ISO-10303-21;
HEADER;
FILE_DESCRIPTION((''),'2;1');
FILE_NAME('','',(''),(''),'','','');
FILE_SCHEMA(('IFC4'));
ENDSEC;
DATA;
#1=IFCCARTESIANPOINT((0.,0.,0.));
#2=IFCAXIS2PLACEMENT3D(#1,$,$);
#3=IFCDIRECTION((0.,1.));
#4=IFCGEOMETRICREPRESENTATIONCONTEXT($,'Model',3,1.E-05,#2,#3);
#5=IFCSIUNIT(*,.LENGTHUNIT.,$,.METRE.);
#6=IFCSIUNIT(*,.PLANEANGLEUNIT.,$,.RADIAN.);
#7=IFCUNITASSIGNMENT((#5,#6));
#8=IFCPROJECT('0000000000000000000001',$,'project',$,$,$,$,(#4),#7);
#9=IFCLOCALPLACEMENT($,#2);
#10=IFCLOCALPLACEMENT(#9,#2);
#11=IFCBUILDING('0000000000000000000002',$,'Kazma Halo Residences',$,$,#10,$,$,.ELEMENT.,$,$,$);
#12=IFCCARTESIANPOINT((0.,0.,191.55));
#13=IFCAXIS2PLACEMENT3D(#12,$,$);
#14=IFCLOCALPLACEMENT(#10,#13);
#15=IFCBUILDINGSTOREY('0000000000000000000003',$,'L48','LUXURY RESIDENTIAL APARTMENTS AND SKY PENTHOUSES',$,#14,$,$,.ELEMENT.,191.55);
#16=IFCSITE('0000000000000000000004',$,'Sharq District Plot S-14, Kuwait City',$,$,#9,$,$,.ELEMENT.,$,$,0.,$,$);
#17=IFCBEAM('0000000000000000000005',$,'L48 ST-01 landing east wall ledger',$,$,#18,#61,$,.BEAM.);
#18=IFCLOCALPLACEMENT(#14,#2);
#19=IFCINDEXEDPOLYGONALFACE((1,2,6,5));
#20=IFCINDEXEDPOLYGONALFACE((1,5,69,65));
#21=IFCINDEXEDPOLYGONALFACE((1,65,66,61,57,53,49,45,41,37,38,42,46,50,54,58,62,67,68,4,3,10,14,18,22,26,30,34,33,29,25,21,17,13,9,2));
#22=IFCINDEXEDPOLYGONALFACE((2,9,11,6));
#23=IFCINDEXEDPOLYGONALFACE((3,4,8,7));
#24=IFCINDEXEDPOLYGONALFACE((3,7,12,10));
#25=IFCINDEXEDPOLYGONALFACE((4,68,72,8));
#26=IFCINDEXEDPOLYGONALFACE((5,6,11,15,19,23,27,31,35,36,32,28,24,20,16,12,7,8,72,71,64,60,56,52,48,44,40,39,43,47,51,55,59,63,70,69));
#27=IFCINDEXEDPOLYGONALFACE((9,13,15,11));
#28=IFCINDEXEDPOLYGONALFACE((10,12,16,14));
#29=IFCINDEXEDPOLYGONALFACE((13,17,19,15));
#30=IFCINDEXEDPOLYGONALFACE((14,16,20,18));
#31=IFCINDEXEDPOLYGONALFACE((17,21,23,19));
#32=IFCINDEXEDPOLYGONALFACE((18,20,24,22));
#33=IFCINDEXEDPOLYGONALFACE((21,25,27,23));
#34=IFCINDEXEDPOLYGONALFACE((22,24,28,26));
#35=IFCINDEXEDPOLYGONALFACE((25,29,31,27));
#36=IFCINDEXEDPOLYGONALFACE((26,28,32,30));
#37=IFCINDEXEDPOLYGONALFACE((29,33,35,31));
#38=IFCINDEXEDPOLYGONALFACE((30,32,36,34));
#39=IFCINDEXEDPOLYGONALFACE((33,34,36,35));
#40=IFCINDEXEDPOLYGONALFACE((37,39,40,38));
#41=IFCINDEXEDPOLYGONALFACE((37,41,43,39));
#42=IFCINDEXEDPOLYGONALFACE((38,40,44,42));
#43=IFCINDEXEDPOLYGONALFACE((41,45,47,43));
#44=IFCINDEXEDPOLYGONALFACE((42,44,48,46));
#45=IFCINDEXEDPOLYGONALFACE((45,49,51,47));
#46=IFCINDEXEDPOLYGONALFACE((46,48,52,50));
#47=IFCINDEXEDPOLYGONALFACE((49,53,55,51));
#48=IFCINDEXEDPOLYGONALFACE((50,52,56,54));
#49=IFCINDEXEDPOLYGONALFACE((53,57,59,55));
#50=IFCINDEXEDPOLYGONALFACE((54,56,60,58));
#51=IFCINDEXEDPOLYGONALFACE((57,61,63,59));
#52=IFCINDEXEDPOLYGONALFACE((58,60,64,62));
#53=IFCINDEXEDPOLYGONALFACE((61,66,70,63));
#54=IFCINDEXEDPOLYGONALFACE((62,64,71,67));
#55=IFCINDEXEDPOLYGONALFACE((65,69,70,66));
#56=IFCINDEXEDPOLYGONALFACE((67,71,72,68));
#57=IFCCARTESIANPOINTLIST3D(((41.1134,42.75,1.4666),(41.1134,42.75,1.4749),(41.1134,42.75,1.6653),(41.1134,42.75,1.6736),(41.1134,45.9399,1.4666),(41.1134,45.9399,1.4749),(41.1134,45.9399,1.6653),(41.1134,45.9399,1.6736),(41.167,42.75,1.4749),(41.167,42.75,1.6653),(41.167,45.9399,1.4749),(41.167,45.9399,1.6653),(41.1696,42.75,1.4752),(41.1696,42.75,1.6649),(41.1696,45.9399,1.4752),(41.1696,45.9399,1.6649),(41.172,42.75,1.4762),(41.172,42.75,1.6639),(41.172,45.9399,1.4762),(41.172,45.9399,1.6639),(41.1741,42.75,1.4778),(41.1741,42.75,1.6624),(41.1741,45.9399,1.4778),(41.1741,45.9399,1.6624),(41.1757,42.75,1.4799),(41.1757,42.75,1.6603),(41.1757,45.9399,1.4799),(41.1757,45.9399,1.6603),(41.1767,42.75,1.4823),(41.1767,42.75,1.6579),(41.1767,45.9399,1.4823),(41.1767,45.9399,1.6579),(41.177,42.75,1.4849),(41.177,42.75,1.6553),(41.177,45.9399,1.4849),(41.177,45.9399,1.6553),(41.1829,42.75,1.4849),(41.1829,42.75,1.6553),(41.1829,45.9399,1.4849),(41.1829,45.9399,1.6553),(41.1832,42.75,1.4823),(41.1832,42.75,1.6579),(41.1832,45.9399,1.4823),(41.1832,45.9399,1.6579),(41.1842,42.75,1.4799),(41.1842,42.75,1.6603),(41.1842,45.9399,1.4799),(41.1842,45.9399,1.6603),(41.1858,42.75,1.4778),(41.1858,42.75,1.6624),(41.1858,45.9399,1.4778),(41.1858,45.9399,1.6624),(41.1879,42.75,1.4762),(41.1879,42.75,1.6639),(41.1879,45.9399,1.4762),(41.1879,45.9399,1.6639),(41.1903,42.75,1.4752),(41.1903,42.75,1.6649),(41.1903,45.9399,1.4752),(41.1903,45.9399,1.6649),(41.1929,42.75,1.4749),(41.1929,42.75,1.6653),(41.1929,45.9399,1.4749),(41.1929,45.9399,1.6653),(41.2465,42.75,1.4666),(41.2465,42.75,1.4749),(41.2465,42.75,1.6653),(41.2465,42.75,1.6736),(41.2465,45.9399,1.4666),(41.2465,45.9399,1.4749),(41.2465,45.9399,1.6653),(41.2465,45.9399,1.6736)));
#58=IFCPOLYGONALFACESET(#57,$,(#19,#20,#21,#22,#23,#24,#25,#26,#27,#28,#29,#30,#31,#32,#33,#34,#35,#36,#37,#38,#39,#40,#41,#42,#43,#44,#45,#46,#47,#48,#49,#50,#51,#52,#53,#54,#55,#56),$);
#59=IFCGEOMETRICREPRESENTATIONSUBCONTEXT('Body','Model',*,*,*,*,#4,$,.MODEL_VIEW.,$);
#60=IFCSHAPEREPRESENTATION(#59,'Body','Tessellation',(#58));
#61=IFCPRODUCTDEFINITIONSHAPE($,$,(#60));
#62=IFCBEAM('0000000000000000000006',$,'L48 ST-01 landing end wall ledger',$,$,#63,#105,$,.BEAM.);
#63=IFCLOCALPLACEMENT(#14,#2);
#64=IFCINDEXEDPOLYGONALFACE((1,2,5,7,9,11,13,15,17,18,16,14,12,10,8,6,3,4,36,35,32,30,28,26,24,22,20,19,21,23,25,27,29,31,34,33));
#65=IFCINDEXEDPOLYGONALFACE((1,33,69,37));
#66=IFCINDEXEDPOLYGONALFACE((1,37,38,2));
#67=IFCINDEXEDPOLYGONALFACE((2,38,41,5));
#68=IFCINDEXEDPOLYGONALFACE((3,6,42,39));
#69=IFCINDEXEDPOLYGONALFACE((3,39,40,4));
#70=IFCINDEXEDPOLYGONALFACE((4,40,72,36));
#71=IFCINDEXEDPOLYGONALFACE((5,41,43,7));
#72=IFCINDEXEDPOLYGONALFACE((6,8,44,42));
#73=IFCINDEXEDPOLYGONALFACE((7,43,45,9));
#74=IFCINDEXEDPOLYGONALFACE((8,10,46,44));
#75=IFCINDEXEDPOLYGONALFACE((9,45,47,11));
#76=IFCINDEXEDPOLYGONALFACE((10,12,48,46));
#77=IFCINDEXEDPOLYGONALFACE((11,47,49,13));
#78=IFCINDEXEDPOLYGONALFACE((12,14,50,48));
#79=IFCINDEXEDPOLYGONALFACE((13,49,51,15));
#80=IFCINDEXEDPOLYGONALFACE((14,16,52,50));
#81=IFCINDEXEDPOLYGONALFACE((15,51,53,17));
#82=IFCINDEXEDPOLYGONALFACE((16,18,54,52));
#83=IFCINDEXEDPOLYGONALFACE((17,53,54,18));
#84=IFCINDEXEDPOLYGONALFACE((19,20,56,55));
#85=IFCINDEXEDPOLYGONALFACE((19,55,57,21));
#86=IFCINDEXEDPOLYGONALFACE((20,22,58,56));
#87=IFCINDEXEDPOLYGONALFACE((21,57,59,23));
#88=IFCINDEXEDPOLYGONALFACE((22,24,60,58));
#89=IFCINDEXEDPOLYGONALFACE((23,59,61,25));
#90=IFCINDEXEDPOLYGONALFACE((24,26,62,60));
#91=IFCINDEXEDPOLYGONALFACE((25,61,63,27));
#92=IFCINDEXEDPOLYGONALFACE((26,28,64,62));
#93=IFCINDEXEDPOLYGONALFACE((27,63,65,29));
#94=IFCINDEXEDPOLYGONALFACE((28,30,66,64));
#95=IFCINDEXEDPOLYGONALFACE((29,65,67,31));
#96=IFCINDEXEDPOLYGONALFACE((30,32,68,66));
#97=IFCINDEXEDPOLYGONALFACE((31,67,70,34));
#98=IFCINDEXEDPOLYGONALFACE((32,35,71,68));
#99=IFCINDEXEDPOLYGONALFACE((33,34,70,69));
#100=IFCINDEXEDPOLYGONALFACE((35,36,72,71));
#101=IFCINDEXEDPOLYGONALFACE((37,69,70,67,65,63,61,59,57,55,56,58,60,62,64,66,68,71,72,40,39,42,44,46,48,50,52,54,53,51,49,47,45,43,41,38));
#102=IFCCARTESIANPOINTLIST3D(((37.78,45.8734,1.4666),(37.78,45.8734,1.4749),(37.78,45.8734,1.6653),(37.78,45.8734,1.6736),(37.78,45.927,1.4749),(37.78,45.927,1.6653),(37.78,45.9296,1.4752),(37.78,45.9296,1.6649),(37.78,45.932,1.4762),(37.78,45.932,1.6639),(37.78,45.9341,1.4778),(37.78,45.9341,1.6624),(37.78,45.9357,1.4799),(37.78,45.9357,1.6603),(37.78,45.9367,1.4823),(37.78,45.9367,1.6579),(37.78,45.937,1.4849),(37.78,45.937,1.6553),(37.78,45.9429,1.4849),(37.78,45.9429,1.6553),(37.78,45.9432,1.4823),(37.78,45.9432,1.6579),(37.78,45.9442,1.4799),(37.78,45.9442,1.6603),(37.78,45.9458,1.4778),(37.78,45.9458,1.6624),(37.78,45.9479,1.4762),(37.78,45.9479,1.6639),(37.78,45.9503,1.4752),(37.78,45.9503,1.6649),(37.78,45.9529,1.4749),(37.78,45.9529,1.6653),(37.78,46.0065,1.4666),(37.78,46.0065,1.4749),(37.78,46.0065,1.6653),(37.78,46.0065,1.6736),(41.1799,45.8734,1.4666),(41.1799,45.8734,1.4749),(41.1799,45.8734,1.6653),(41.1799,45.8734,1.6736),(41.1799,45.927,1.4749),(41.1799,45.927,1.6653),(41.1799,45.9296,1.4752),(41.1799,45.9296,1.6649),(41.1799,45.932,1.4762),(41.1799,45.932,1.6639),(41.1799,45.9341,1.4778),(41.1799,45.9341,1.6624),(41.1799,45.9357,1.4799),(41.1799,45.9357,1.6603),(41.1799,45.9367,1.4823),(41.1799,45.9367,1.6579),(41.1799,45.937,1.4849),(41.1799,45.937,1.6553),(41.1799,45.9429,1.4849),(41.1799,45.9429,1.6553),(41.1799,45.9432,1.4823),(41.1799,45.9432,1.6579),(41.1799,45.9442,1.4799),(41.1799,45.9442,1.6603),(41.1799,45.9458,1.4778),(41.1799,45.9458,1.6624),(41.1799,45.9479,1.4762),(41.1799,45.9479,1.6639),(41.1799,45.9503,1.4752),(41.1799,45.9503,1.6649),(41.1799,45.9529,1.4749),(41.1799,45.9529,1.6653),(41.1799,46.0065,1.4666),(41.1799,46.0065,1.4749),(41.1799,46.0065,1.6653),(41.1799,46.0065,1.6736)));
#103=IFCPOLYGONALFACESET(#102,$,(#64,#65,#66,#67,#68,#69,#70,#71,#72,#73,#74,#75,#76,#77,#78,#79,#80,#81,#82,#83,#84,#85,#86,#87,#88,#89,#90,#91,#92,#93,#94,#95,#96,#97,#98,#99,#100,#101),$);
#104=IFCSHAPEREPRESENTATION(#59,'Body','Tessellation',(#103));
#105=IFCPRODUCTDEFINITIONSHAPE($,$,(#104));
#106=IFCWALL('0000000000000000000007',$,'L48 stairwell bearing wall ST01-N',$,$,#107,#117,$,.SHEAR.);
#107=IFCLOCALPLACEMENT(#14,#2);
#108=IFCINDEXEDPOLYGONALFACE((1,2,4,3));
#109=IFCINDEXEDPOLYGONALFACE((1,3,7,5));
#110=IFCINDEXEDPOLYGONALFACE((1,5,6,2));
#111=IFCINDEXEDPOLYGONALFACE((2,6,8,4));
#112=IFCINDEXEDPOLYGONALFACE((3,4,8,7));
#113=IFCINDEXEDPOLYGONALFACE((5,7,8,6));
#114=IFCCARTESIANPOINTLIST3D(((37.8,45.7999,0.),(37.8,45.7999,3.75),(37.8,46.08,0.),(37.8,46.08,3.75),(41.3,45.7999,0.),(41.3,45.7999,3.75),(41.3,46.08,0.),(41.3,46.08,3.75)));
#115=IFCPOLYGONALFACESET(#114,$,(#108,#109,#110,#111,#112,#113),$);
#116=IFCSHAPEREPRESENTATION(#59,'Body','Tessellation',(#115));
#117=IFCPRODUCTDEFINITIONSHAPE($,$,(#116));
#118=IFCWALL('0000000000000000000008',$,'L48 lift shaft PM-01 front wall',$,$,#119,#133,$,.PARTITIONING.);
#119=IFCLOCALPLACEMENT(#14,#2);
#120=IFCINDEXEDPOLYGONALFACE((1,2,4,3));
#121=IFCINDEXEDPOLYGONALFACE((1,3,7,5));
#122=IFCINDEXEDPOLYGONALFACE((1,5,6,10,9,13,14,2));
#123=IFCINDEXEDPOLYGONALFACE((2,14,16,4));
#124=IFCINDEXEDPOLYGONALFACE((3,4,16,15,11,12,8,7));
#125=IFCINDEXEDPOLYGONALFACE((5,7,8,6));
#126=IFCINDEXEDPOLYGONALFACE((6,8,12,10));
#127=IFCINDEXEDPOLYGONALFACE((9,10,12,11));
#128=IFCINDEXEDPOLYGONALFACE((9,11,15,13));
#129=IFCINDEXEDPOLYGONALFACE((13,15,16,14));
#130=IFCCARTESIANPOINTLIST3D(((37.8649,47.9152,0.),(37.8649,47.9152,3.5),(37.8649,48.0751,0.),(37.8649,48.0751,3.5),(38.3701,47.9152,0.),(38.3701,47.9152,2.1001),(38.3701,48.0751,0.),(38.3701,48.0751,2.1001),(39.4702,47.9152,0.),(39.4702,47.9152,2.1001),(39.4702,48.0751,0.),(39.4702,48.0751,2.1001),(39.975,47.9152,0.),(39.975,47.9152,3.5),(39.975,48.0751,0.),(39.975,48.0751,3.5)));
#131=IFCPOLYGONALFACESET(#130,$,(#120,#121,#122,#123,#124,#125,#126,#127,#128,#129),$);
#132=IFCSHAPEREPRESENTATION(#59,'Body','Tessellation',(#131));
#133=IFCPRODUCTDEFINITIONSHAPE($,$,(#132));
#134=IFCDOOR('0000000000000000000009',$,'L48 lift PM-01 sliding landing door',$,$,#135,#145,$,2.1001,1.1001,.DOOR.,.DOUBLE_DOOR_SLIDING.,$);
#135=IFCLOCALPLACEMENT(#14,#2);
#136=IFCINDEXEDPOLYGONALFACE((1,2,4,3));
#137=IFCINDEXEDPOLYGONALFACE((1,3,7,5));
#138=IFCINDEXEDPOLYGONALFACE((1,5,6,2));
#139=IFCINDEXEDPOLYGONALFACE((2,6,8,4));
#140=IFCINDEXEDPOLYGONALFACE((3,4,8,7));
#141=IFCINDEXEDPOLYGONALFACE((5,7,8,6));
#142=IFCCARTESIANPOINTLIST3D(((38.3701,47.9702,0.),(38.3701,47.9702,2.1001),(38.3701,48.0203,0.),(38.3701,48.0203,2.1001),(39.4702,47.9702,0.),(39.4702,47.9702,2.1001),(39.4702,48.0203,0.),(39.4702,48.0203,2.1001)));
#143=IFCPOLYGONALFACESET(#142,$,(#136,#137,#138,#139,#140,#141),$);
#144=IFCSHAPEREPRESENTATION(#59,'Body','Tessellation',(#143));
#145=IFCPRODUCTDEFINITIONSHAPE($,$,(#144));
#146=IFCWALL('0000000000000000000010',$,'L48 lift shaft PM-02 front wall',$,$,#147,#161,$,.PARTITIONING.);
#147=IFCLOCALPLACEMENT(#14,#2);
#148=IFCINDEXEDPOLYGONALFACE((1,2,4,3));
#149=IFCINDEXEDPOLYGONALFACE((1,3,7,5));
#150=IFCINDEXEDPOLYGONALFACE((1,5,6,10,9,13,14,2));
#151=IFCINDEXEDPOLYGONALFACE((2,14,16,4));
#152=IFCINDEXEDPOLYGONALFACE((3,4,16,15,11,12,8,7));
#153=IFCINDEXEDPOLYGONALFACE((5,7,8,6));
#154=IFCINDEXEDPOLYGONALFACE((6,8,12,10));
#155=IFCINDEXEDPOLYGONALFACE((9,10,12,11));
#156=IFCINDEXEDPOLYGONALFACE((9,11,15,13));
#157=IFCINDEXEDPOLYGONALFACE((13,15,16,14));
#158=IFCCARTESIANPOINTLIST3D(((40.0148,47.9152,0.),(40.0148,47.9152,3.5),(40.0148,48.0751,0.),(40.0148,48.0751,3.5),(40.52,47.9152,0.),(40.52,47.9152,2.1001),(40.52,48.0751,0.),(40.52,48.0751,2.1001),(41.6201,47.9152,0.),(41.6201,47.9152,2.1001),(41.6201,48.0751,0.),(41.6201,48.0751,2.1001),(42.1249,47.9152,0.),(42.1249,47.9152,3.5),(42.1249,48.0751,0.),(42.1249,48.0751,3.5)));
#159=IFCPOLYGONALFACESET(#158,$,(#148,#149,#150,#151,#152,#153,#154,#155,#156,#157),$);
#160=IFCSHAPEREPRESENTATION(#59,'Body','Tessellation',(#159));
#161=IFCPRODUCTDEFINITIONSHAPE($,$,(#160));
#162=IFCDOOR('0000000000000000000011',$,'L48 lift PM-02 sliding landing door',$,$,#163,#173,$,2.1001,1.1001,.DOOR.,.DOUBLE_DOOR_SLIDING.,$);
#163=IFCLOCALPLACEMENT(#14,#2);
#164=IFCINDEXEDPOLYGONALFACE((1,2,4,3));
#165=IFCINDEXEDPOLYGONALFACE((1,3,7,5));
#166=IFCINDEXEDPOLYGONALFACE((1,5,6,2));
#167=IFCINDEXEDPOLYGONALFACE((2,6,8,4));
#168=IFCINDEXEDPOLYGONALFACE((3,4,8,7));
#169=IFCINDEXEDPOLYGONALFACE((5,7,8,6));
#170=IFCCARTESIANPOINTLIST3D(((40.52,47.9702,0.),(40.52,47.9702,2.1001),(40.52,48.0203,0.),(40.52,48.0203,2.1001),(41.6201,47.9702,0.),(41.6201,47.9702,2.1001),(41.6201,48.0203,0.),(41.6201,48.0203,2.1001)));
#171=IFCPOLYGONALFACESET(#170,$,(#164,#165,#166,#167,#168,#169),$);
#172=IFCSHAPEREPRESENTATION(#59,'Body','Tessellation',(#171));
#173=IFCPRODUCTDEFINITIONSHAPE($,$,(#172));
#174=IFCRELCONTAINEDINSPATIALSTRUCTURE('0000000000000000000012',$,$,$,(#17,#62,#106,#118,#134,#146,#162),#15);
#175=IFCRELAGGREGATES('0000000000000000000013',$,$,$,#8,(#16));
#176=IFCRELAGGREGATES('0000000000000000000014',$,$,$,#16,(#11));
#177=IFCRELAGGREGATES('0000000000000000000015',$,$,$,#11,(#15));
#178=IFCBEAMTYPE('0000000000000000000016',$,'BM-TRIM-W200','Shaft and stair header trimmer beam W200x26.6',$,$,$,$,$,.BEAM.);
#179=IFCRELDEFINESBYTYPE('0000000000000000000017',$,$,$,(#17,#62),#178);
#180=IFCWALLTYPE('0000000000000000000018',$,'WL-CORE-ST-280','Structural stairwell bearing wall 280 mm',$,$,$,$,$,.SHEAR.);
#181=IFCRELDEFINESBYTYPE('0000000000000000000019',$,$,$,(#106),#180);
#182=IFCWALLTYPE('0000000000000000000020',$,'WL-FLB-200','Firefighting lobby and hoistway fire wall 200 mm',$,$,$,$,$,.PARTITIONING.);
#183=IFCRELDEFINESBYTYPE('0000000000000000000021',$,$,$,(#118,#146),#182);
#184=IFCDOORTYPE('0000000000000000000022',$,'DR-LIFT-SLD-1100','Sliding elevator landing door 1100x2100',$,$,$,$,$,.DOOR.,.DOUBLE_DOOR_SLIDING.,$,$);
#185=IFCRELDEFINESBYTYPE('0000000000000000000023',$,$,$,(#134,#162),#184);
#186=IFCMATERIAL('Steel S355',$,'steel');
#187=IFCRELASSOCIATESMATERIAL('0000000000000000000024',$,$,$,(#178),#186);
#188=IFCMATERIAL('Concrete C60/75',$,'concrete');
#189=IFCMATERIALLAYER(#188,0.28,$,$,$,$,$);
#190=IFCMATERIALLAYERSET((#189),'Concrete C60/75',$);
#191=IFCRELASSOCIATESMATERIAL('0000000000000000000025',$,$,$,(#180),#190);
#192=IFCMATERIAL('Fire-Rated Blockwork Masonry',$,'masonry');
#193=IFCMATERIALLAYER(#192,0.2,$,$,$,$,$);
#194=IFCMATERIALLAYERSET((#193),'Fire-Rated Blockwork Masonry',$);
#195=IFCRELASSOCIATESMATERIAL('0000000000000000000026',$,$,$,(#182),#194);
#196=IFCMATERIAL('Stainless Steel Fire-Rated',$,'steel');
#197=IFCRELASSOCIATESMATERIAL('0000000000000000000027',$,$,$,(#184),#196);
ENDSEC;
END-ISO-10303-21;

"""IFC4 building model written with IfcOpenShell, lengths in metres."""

from ifc_helpers import new_model, si_unit, direction, frame, frame_2d, origin, origin_2d, place, context, subcontext, project, spatial, rectangle, i_section, extrude, material, layer, layer_set, material_profile, profile_set, type_object, element, fill, save


model = new_model("IFC4")

# Units and contexts
model_context = context("Model", 3, precision=1e-05, world=origin(), true_north=direction((0.0, 1.0)))
body_context = subcontext(model_context, "Body", "Model", "MODEL_VIEW")
ifc_project = project(units=[si_unit("LENGTHUNIT", "METRE"), si_unit("PLANEANGLEUNIT", "RADIAN")], contexts=[model_context])

# Site, building, storey
site_placement = place(None, origin())
site = spatial("IfcSite", under=ifc_project, at=site_placement, Name="Sharq District Plot S-14, Kuwait City", CompositionType="ELEMENT", RefElevation=0.0)
building_placement = place(site_placement, origin())
building = spatial("IfcBuilding", under=site, at=building_placement, Name="Kazma Halo Residences", CompositionType="ELEMENT")
storey_placement = place(building_placement, frame((0.0, 0.0, 191.55)))
storey = spatial("IfcBuildingStorey", under=building, at=storey_placement, Name="L48", Description="LUXURY RESIDENTIAL APARTMENTS AND SKY PENTHOUSES", CompositionType="ELEMENT", Elevation=191.55)

# Shared definitions
ifc_material_1 = material(Name="Steel S355", Category="steel")

# Beams
ifc_material_profile_1 = material_profile(ifc_material_1, i_section(OverallWidth=0.1331, OverallDepth=0.207, WebThickness=0.0059, FlangeThickness=0.0083, FilletRadius=0.01, at=origin_2d()), Name="W200x26.6")
ifc_profile_set_1 = profile_set([ifc_material_profile_1], Name="Steel S355")
beam_type_1 = type_object("IfcBeamType", Name="BM-TRIM-W200", Description="Shaft and stair header trimmer beam W200x26.6", PredefinedType="BEAM", material=ifc_profile_set_1)
beam_1_placement = place(storey_placement, frame((41.1799, 42.75, 1.5701), z_axis=(0.0, 1.0, 0.0), x_axis=(-1.0, 0.0, 0.0)))
element("IfcBeam", 1, at=beam_1_placement, inside=storey, type_object=beam_type_1, Name="L48 ST-01 landing east wall ledger", PredefinedType="BEAM", context=body_context, shape_type="SweptSolid", body=[
    extrude(i_section(OverallWidth=0.1331, OverallDepth=0.207, WebThickness=0.0059, FlangeThickness=0.0083, FilletRadius=0.01, at=origin_2d()), origin(), (0.0, 0.0, 1.0), 3.1899),
])
beam_2_placement = place(storey_placement, frame((37.78, 45.9399, 1.5701), z_axis=(1.0, 0.0, 0.0), x_axis=(0.0, 1.0, 0.0)))
element("IfcBeam", 2, at=beam_2_placement, inside=storey, type_object=beam_type_1, Name="L48 ST-01 landing end wall ledger", PredefinedType="BEAM", context=body_context, shape_type="SweptSolid", body=[
    extrude(i_section(OverallWidth=0.1331, OverallDepth=0.207, WebThickness=0.0059, FlangeThickness=0.0083, FilletRadius=0.01, at=origin_2d()), origin(), (0.0, 0.0, 1.0), 3.3999),
])

# Wall
ifc_material_2 = material(Name="Concrete C60/75", Category="concrete")
ifc_layer_1 = layer(ifc_material_2, 0.28)
ifc_layer_set_1 = layer_set([ifc_layer_1], Name="Concrete C60/75")
wall_type_1 = type_object("IfcWallType", Name="WL-CORE-ST-280", Description="Structural stairwell bearing wall 280 mm", PredefinedType="SHEAR", material=ifc_layer_set_1)
wall_1_placement = place(storey_placement, frame((37.8, 45.9399, 0.0), z_axis=(0.0, 0.0, 1.0), x_axis=(1.0, 0.0, 0.0)))
element("IfcWall", 3, at=wall_1_placement, inside=storey, type_object=wall_type_1, Name="L48 stairwell bearing wall ST01-N", PredefinedType="SHEAR", context=body_context, shape_type="SweptSolid", body=[
    extrude(rectangle(XDim=3.5, YDim=0.28, at=frame_2d((1.75, 0.0))), origin(), (0.0, 0.0, 1.0), 3.75),
])

# Walls, openings, doors
ifc_material_3 = material(Name="Fire-Rated Blockwork Masonry", Category="masonry")
ifc_layer_2 = layer(ifc_material_3, 0.2)
ifc_layer_set_2 = layer_set([ifc_layer_2], Name="Fire-Rated Blockwork Masonry")
wall_type_2 = type_object("IfcWallType", Name="WL-FLB-200", Description="Firefighting lobby and hoistway fire wall 200 mm", PredefinedType="PARTITIONING", material=ifc_layer_set_2)
wall_2_placement = place(storey_placement, frame((39.9751, 47.9951, 0.0), z_axis=(0.0, 0.0, 1.0), x_axis=(-1.0, 0.0, 0.0)))
wall_2 = element("IfcWall", 4, at=wall_2_placement, inside=storey, type_object=wall_type_2, Name="L48 lift shaft PM-01 front wall", PredefinedType="PARTITIONING", context=body_context, shape_type="SweptSolid", body=[
    extrude(rectangle(XDim=2.1101, YDim=0.1599, at=frame_2d((1.0552, 0.0))), origin(), (0.0, 0.0, 1.0), 3.5),
])
opening_1_placement = place(wall_2_placement, frame((0.5049, 0.0, 0.0)))
opening_1 = element("IfcOpeningElement", 5, at=opening_1_placement, cuts=wall_2, PredefinedType="OPENING", context=body_context, shape_type="SweptSolid", body=[
    extrude(rectangle(XDim=1.1001, YDim=2.1001, at=frame_2d((0.55, 1.05))), frame((0.0, 0.0898, 0.0), z_axis=(0.0, -1.0, 0.0), x_axis=(1.0, 0.0, 0.0)), (0.0, 0.0, 1.0), 0.1799),
])
ifc_material_4 = material(Name="Stainless Steel Fire-Rated", Category="steel")
door_type_1 = type_object("IfcDoorType", Name="DR-LIFT-SLD-1100", Description="Sliding elevator landing door 1100x2100", OperationType="DOUBLE_DOOR_SLIDING", PredefinedType="DOOR", material=ifc_material_4)
door_1_placement = place(opening_1_placement, origin())
door_1 = element("IfcDoor", 6, at=door_1_placement, inside=storey, type_object=door_type_1, Name="L48 lift PM-01 sliding landing door", OperationType="DOUBLE_DOOR_SLIDING", OverallHeight=2.1001, OverallWidth=1.1001, PredefinedType="DOOR", context=body_context, shape_type="SweptSolid", body=[
    extrude(rectangle(XDim=1.1001, YDim=2.1001, at=frame_2d((0.55, 1.05))), frame((0.0, 0.0249, 0.0), z_axis=(0.0, -1.0, 0.0), x_axis=(1.0, 0.0, 0.0)), (0.0, 0.0, 1.0), 0.05),
])
fill(opening_1, door_1)
wall_3_placement = place(storey_placement, frame((42.125, 47.9951, 0.0), z_axis=(0.0, 0.0, 1.0), x_axis=(-1.0, 0.0, 0.0)))
wall_3 = element("IfcWall", 7, at=wall_3_placement, inside=storey, type_object=wall_type_2, Name="L48 lift shaft PM-02 front wall", PredefinedType="PARTITIONING", context=body_context, shape_type="SweptSolid", body=[
    extrude(rectangle(XDim=2.1101, YDim=0.1599, at=frame_2d((1.0552, 0.0))), origin(), (0.0, 0.0, 1.0), 3.5),
])
opening_2_placement = place(wall_3_placement, frame((0.5049, 0.0, 0.0)))
opening_2 = element("IfcOpeningElement", 8, at=opening_2_placement, cuts=wall_3, PredefinedType="OPENING", context=body_context, shape_type="SweptSolid", body=[
    extrude(rectangle(XDim=1.1001, YDim=2.1001, at=frame_2d((0.55, 1.05))), frame((0.0, 0.0898, 0.0), z_axis=(0.0, -1.0, 0.0), x_axis=(1.0, 0.0, 0.0)), (0.0, 0.0, 1.0), 0.1799),
])
door_2_placement = place(opening_2_placement, origin())
door_2 = element("IfcDoor", 9, at=door_2_placement, inside=storey, type_object=door_type_1, Name="L48 lift PM-02 sliding landing door", OperationType="DOUBLE_DOOR_SLIDING", OverallHeight=2.1001, OverallWidth=1.1001, PredefinedType="DOOR", context=body_context, shape_type="SweptSolid", body=[
    extrude(rectangle(XDim=1.1001, YDim=2.1001, at=frame_2d((0.55, 1.05))), frame((0.0, 0.0249, 0.0), z_axis=(0.0, -1.0, 0.0), x_axis=(1.0, 0.0, 0.0)), (0.0, 0.0, 1.0), 0.05),
])
fill(opening_2, door_2)

save(model, "model.ifc")
